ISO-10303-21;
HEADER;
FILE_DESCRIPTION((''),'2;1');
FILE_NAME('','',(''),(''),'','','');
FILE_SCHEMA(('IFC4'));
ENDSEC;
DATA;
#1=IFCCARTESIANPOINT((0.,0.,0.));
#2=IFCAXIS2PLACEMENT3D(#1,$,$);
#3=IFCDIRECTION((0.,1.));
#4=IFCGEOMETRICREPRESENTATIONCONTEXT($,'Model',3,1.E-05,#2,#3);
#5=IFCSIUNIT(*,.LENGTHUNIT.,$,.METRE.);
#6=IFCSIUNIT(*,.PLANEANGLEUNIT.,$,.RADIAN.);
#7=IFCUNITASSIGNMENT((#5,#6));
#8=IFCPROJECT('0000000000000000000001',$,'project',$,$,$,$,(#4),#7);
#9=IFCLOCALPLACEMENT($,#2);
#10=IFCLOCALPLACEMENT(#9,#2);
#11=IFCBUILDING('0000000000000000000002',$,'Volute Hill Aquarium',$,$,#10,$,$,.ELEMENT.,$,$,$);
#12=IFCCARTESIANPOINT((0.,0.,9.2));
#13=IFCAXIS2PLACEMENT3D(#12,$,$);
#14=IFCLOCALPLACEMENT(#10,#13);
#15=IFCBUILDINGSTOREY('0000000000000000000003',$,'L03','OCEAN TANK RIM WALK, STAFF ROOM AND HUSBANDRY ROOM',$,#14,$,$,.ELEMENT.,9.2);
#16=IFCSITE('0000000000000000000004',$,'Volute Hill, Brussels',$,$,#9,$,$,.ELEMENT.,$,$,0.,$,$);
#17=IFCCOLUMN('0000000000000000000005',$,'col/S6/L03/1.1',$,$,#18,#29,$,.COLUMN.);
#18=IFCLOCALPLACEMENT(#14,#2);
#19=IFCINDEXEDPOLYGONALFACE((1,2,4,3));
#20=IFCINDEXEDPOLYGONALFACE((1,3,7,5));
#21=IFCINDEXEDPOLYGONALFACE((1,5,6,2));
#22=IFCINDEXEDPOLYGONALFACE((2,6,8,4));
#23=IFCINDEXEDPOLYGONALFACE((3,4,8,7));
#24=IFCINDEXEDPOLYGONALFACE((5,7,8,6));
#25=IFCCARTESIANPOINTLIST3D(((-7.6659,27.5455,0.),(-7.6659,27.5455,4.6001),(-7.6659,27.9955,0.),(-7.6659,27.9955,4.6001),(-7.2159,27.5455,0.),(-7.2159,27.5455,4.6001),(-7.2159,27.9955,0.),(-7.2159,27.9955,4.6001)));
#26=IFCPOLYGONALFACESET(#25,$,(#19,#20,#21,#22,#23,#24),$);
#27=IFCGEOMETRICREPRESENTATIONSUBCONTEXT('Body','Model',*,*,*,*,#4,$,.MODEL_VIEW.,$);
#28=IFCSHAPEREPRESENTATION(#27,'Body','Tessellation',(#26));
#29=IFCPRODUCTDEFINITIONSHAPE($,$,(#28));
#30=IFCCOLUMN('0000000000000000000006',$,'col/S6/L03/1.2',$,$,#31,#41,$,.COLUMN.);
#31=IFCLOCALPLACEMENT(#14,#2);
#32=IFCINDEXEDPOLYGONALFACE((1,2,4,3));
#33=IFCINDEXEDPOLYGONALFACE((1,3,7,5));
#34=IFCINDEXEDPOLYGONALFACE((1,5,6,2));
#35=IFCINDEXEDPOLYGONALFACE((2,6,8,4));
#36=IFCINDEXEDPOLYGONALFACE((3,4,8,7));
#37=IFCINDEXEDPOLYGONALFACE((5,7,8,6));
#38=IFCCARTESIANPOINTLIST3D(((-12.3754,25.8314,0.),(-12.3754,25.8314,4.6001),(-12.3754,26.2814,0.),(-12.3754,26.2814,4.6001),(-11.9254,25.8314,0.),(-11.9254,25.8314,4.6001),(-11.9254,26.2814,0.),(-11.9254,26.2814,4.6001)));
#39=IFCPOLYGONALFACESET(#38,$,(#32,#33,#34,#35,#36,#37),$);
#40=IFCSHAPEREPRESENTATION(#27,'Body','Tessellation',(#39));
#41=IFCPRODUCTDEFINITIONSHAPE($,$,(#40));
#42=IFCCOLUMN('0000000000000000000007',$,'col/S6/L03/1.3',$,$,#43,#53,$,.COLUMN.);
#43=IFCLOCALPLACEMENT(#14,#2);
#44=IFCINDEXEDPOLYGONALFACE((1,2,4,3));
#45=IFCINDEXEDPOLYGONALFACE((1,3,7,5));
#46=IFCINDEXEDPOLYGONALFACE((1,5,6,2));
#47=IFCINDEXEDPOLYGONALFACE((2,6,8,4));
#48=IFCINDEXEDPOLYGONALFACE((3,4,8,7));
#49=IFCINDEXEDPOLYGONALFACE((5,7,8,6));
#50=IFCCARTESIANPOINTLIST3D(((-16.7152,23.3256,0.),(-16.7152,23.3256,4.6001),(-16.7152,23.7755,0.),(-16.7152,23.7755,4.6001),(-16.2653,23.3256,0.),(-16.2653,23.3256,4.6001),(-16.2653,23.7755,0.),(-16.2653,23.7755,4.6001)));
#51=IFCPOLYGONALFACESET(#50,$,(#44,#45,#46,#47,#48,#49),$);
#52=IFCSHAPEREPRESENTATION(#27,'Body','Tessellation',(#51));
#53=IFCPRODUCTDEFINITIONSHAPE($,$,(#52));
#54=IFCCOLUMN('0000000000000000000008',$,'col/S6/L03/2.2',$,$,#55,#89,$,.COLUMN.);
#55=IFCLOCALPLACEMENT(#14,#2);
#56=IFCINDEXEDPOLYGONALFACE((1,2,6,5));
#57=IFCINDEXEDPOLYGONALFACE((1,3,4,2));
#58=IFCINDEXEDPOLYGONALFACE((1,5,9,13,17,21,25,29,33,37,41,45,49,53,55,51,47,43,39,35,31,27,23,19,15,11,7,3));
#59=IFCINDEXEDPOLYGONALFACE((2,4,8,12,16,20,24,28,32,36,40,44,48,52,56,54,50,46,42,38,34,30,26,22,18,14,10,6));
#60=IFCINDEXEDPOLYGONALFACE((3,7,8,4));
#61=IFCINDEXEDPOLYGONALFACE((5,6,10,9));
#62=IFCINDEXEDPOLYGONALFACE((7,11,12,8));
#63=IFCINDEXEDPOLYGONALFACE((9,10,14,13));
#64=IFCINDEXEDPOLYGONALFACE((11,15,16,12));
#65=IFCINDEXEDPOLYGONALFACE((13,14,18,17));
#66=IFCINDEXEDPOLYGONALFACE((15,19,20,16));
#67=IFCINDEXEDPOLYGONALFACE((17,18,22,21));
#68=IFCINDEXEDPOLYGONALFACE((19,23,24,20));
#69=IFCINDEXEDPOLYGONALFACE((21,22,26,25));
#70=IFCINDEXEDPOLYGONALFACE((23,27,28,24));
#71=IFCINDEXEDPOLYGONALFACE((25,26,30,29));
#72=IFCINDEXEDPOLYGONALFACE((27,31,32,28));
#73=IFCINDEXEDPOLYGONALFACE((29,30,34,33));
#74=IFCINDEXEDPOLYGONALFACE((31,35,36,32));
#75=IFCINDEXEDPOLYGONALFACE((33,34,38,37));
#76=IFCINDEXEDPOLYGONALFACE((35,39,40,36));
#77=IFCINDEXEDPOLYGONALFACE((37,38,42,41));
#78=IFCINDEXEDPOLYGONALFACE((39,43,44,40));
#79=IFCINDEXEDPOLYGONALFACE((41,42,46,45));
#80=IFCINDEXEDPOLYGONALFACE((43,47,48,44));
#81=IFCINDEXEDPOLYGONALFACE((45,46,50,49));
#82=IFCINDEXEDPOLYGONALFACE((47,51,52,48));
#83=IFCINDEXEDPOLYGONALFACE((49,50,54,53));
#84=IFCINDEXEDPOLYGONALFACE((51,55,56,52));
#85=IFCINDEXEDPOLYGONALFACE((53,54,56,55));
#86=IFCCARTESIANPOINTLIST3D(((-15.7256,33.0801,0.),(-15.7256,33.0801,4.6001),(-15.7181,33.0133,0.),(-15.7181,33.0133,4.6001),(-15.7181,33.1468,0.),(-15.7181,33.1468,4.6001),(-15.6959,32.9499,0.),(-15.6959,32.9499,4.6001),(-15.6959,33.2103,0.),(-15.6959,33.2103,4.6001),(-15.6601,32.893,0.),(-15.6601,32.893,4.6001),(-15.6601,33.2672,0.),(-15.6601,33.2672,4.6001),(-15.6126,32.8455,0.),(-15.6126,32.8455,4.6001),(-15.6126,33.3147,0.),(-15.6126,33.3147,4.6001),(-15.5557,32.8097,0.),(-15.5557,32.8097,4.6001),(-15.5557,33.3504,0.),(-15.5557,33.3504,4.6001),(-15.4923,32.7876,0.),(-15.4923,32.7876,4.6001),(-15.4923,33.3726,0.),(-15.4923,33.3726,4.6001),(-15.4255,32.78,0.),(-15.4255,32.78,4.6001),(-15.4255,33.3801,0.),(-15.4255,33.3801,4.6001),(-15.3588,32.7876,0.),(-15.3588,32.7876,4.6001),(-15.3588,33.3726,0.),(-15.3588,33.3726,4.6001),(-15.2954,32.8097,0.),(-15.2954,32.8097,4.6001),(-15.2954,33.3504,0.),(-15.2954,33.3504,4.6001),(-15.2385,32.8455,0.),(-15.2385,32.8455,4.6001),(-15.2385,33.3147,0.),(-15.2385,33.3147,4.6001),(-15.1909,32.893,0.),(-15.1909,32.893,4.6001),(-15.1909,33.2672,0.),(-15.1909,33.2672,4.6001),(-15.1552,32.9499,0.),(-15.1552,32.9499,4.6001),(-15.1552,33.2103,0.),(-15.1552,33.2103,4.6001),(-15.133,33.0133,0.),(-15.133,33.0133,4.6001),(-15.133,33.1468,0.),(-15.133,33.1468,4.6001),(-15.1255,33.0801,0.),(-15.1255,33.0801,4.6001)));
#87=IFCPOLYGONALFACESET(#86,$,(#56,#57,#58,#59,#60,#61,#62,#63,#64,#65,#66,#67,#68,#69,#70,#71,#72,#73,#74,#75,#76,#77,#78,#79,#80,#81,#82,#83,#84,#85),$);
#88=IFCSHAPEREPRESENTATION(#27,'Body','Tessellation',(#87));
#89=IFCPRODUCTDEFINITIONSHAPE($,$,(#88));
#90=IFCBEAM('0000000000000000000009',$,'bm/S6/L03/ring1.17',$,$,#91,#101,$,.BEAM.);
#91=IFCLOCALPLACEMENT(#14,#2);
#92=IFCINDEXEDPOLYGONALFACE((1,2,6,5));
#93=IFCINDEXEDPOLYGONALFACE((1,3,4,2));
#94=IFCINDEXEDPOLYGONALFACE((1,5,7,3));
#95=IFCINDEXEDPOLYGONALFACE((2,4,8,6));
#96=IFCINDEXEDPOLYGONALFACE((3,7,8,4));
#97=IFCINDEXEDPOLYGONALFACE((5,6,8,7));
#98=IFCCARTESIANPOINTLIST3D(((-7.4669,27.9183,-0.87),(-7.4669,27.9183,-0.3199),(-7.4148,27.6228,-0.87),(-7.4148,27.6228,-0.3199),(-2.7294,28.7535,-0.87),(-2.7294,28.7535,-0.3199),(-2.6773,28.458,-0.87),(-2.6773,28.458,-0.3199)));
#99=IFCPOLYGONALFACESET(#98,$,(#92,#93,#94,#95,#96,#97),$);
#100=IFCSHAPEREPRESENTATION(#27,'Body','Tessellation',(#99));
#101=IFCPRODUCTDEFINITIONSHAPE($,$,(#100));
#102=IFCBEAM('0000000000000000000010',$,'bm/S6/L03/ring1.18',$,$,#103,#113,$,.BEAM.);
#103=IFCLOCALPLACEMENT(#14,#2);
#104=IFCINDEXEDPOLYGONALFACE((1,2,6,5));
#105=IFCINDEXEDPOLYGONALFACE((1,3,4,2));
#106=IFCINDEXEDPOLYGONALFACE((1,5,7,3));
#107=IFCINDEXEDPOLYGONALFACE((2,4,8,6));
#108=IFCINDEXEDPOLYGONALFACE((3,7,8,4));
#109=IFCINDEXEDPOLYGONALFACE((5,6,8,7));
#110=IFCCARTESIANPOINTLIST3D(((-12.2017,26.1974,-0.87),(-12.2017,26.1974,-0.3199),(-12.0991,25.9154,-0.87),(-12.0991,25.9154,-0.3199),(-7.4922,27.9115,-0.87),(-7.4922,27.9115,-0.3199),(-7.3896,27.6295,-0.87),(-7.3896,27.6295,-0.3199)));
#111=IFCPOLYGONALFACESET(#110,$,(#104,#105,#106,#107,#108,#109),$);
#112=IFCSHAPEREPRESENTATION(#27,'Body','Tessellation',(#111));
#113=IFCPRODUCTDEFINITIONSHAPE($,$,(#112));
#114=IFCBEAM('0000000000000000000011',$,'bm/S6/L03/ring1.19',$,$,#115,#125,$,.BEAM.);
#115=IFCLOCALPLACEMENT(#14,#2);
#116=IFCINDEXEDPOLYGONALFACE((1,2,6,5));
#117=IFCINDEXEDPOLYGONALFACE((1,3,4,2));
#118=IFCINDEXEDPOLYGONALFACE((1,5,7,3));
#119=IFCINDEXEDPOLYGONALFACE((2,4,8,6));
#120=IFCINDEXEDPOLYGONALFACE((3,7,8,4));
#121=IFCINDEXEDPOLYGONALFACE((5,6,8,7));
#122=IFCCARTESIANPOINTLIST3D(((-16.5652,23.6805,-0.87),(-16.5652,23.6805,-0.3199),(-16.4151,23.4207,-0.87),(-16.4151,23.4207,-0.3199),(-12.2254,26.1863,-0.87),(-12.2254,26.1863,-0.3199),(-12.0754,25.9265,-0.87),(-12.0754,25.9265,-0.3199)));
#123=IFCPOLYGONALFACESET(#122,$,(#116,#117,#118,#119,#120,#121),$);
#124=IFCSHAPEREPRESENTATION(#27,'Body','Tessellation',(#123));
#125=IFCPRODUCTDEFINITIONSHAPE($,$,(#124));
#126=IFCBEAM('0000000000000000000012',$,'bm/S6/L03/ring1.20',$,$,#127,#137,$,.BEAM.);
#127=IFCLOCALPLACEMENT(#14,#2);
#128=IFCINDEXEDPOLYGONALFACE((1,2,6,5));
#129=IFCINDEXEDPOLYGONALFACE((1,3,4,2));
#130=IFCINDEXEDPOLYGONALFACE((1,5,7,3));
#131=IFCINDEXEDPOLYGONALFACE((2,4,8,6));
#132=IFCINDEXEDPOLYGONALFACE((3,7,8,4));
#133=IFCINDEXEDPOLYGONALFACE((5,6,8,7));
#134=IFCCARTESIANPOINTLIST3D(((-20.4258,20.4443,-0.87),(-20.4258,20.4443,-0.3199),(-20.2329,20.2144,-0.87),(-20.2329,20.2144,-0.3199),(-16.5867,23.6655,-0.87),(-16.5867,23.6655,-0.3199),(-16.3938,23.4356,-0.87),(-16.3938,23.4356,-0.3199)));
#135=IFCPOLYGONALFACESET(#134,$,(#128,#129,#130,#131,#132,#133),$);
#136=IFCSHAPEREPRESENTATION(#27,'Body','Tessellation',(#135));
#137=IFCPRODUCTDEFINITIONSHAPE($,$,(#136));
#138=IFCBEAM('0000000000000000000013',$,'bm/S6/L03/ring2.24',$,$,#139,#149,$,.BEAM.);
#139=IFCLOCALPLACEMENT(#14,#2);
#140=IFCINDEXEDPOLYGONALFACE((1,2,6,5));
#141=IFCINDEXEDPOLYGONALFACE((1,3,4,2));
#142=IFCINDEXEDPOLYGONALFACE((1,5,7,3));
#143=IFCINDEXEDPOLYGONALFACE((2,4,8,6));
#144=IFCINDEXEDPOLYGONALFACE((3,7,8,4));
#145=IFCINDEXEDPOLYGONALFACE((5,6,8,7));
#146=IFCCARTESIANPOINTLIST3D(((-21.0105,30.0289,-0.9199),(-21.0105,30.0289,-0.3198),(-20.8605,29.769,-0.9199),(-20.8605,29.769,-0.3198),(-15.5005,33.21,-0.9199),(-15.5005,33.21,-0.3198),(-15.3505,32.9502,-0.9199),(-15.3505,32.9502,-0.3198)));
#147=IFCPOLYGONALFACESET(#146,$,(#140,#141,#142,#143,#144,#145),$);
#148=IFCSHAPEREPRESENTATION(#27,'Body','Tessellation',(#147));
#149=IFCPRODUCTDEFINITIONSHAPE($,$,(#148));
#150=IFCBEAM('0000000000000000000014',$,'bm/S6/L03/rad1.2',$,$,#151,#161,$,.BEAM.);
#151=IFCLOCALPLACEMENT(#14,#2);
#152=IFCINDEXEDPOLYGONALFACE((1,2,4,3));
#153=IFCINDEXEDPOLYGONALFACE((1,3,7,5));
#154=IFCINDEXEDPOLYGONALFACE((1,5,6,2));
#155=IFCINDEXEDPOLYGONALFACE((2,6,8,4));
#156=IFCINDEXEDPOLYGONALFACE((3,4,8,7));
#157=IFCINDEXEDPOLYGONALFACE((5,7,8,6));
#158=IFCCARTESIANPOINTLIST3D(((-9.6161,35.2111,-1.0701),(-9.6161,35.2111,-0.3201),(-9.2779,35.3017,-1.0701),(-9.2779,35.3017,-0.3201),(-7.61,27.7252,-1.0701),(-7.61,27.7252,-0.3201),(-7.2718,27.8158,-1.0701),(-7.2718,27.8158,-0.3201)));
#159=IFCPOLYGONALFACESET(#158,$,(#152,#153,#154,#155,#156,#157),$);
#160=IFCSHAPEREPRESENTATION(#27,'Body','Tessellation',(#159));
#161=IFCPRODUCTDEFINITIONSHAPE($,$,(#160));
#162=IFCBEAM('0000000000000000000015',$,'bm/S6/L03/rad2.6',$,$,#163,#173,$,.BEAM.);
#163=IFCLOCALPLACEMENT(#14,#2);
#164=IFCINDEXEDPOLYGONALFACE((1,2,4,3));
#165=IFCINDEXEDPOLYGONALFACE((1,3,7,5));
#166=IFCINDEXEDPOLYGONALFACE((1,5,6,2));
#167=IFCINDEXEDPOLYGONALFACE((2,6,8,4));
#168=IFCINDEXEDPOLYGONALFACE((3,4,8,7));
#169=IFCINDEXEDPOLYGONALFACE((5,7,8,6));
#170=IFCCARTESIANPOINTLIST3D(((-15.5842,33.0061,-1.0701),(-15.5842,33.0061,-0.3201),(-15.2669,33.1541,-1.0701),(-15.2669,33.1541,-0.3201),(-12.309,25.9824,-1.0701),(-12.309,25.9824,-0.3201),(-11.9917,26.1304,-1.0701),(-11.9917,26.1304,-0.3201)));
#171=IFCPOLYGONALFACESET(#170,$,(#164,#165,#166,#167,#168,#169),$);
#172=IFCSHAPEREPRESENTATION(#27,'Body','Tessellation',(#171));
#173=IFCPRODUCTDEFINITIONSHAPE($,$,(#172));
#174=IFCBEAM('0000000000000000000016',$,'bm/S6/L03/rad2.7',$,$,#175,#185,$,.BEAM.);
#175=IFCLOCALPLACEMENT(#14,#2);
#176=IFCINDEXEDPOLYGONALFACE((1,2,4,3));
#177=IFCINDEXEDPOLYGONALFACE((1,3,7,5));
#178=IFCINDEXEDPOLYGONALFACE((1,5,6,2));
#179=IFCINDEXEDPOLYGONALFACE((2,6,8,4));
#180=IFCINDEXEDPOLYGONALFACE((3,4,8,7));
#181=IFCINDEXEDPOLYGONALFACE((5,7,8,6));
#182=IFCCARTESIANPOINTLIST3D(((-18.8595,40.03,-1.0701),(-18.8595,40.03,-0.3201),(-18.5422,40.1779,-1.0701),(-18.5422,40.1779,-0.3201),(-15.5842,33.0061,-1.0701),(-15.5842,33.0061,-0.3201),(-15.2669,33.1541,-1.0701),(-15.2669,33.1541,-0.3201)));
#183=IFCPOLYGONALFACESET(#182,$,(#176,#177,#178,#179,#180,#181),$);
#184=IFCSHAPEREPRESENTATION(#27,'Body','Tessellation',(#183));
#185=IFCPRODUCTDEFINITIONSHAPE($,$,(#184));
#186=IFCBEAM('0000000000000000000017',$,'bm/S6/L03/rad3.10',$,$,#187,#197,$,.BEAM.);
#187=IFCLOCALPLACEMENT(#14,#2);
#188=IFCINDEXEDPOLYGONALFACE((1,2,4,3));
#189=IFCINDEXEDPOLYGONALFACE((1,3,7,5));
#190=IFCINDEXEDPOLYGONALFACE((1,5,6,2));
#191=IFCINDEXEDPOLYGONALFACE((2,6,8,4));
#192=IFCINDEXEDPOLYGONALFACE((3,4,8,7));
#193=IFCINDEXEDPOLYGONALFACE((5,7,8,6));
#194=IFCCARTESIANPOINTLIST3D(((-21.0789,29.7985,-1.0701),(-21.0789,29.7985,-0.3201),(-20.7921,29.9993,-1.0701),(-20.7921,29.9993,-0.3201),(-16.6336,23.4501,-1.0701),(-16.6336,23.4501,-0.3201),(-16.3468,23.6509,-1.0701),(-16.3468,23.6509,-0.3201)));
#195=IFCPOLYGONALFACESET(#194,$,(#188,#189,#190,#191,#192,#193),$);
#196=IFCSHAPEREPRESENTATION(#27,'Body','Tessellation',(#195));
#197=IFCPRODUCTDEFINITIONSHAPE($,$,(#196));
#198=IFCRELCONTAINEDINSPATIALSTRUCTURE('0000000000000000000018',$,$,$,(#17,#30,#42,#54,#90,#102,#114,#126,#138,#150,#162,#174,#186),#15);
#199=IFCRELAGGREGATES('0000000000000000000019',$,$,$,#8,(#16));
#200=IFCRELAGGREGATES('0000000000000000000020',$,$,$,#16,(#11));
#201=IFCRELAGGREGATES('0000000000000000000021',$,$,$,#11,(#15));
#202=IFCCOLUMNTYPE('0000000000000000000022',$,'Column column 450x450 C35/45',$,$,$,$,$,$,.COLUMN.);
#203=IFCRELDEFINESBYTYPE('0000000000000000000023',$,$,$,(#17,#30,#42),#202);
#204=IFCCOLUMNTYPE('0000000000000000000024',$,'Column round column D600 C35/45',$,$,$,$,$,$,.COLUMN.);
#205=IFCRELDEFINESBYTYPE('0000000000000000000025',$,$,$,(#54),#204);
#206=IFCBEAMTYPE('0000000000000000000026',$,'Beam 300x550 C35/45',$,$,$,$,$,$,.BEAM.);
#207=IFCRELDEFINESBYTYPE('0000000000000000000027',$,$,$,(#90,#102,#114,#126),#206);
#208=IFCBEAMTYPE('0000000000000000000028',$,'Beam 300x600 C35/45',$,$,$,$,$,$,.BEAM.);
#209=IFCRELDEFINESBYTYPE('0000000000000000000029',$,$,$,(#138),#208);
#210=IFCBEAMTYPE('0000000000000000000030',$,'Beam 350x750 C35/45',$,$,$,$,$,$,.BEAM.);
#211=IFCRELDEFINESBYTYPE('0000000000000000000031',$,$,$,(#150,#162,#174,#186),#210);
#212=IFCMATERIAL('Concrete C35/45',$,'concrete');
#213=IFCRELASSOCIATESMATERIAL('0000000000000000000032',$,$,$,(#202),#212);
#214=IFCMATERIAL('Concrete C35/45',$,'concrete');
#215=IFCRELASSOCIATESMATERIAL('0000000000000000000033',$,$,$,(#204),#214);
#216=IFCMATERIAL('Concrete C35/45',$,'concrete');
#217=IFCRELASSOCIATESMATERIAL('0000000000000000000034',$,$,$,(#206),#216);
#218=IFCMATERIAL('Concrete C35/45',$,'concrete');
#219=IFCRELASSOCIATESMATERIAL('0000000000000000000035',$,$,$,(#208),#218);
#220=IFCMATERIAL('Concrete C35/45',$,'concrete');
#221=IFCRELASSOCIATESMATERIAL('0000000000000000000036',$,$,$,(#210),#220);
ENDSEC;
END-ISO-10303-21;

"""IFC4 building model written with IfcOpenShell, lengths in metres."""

from ifc_helpers import new_model, si_unit, direction, frame, origin, origin_2d, place, context, subcontext, project, spatial, rectangle, circle, extrude, material, material_profile, profile_set, type_object, element, save


model = new_model("IFC4")

# Units and contexts
model_context = context("Model", 3, precision=1e-05, world=origin(), true_north=direction((0.0, 1.0)))
body_context = subcontext(model_context, "Body", "Model", "MODEL_VIEW")
ifc_project = project(units=[si_unit("LENGTHUNIT", "METRE"), si_unit("PLANEANGLEUNIT", "RADIAN")], contexts=[model_context])

# Site, building, storey
site_placement = place(None, origin())
site = spatial("IfcSite", under=ifc_project, at=site_placement, Name="Volute Hill, Brussels", CompositionType="ELEMENT", RefElevation=0.0)
building_placement = place(site_placement, origin())
building = spatial("IfcBuilding", under=site, at=building_placement, Name="Volute Hill Aquarium", CompositionType="ELEMENT")
storey_placement = place(building_placement, frame((0.0, 0.0, 9.2)))
storey = spatial("IfcBuildingStorey", under=building, at=storey_placement, Name="L03", Description="OCEAN TANK RIM WALK, STAFF ROOM AND HUSBANDRY ROOM", CompositionType="ELEMENT", Elevation=9.2)

# Columns
ifc_material_1 = material(Name="Concrete C35/45", Category="concrete")
ifc_material_profile_1 = material_profile(ifc_material_1, rectangle(XDim=0.45, YDim=0.45, at=origin_2d()), Name="RC column 450x450")
ifc_profile_set_1 = profile_set([ifc_material_profile_1], Name="Concrete C35/45")
column_type_1 = type_object("IfcColumnType", Name="Column column 450x450 C35/45", PredefinedType="COLUMN", material=ifc_profile_set_1)
for number, where, z_axis, x_axis, name in (
    (1, (-7.4409, 27.7705, 0.0), (0.0, 0.0, 1.0), (1.0, 0.0, 0.0), "col/S6/L03/1.1"),
    (2, (-12.1504, 26.0564, 0.0), (0.0, 0.0, 1.0), (1.0, 0.0, 0.0), "col/S6/L03/1.2"),
    (3, (-16.4902, 23.5505, 0.0), (0.0, 0.0, 1.0), (1.0, 0.0, 0.0), "col/S6/L03/1.3"),
):
    element("IfcColumn", number, at=place(storey_placement, frame(where, z_axis=z_axis, x_axis=x_axis)), inside=storey, type_object=column_type_1, Name=name, PredefinedType="COLUMN", context=body_context, shape_type="SweptSolid", body=[
        extrude(rectangle(XDim=0.45, YDim=0.45, at=origin_2d()), origin(), (0.0, 0.0, 1.0), 4.6001),
    ])
ifc_material_2 = material(Name="Concrete C35/45", Category="concrete")
ifc_material_profile_2 = material_profile(ifc_material_2, circle(Radius=0.3, at=origin_2d()), Name="RC round column D600")
ifc_profile_set_2 = profile_set([ifc_material_profile_2], Name="Concrete C35/45")
column_type_2 = type_object("IfcColumnType", Name="Column round column D600 C35/45", PredefinedType="COLUMN", material=ifc_profile_set_2)
column_placement = place(storey_placement, frame((-15.4255, 33.0801, 0.0), z_axis=(0.0, 0.0, 1.0), x_axis=(1.0, 0.0, 0.0)))
element("IfcColumn", 4, at=column_placement, inside=storey, type_object=column_type_2, Name="col/S6/L03/2.2", PredefinedType="COLUMN", context=body_context, shape_type="SweptSolid", body=[
    extrude(circle(Radius=0.3, at=origin_2d()), origin(), (0.0, 0.0, 1.0), 4.6001),
])

# Beams
ifc_material_3 = material(Name="Concrete C35/45", Category="concrete")
ifc_material_profile_3 = material_profile(ifc_material_3, rectangle(XDim=0.3, YDim=0.55, at=origin_2d()), Name="RC beam 300x550")
ifc_profile_set_3 = profile_set([ifc_material_profile_3], Name="Concrete C35/45")
beam_type_1 = type_object("IfcBeamType", Name="Beam 300x550 C35/45", PredefinedType="BEAM", material=ifc_profile_set_3)
beam_1_placement = place(storey_placement, frame((-2.7034, 28.6057, -0.595), z_axis=(-0.984813, -0.173617, 0.0), x_axis=(0.173617, -0.984813, 0.0)))
element("IfcBeam", 5, at=beam_1_placement, inside=storey, type_object=beam_type_1, Name="bm/S6/L03/ring1.17", PredefinedType="BEAM", context=body_context, shape_type="SweptSolid", body=[
    extrude(rectangle(XDim=0.3, YDim=0.55, at=origin_2d()), origin(), (0.0, 0.0, 1.0), 4.8105),
])
beam_2_placement = place(storey_placement, frame((-7.4409, 27.7705, -0.595), z_axis=(-0.939692, -0.342021, 0.0), x_axis=(0.342021, -0.939692, 0.0)))
element("IfcBeam", 6, at=beam_2_placement, inside=storey, type_object=beam_type_1, Name="bm/S6/L03/ring1.18", PredefinedType="BEAM", context=body_context, shape_type="SweptSolid", body=[
    extrude(rectangle(XDim=0.3, YDim=0.55, at=origin_2d()), origin(), (0.0, 0.0, 1.0), 5.0117),
])
beam_3_placement = place(storey_placement, frame((-12.1504, 26.0564, -0.595), z_axis=(-0.866004, -0.500037, 0.0), x_axis=(0.500037, -0.866004, 0.0)))
element("IfcBeam", 7, at=beam_3_placement, inside=storey, type_object=beam_type_1, Name="bm/S6/L03/ring1.19", PredefinedType="BEAM", context=body_context, shape_type="SweptSolid", body=[
    extrude(rectangle(XDim=0.3, YDim=0.55, at=origin_2d()), origin(), (0.0, 0.0, 1.0), 5.0112),
])
beam_4_placement = place(storey_placement, frame((-16.4902, 23.5505, -0.595), z_axis=(-0.766065, -0.642764, 0.0), x_axis=(0.642764, -0.766065, 0.0)))
element("IfcBeam", 8, at=beam_4_placement, inside=storey, type_object=beam_type_1, Name="bm/S6/L03/ring1.20", PredefinedType="BEAM", context=body_context, shape_type="SweptSolid", body=[
    extrude(rectangle(XDim=0.3, YDim=0.55, at=origin_2d()), origin(), (0.0, 0.0, 1.0), 5.0115),
])
ifc_material_4 = material(Name="Concrete C35/45", Category="concrete")
ifc_material_profile_4 = material_profile(ifc_material_4, rectangle(XDim=0.3, YDim=0.6001, at=origin_2d()), Name="RC beam 300x600")
ifc_profile_set_4 = profile_set([ifc_material_profile_4], Name="Concrete C35/45")
beam_type_2 = type_object("IfcBeamType", Name="Beam 300x600 C35/45", PredefinedType="BEAM", material=ifc_profile_set_4)
beam_5_placement = place(storey_placement, frame((-15.4255, 33.0801, -0.6199), z_axis=(-0.866029, -0.499994, 0.0), x_axis=(0.499994, -0.866029, 0.0)))
element("IfcBeam", 9, at=beam_5_placement, inside=storey, type_object=beam_type_2, Name="bm/S6/L03/ring2.24", PredefinedType="BEAM", context=body_context, shape_type="SweptSolid", body=[
    extrude(rectangle(XDim=0.3, YDim=0.6001, at=origin_2d()), origin(), (0.0, 0.0, 1.0), 6.3623),
])
ifc_material_5 = material(Name="Concrete C35/45", Category="concrete")
ifc_material_profile_5 = material_profile(ifc_material_5, rectangle(XDim=0.3501, YDim=0.75, at=origin_2d()), Name="RC beam 350x750")
ifc_profile_set_5 = profile_set([ifc_material_profile_5], Name="Concrete C35/45")
beam_type_3 = type_object("IfcBeamType", Name="Beam 350x750 C35/45", PredefinedType="BEAM", material=ifc_profile_set_5)
beam_6_placement = place(storey_placement, frame((-7.4409, 27.7705, -0.6951), z_axis=(-0.258853, 0.965917, 0.0), x_axis=(-0.965917, -0.258853, 0.0)))
element("IfcBeam", 10, at=beam_6_placement, inside=storey, type_object=beam_type_3, Name="bm/S6/L03/rad1.2", PredefinedType="BEAM", context=body_context, shape_type="SweptSolid", body=[
    extrude(rectangle(XDim=0.3501, YDim=0.75, at=origin_2d()), origin(), (0.0, 0.0, 1.0), 7.75),
])
beam_7_placement = place(storey_placement, frame((-12.1504, 26.0564, -0.6951), z_axis=(-0.422613, 0.90631, 0.0), x_axis=(-0.90631, -0.422613, 0.0)))
element("IfcBeam", 11, at=beam_7_placement, inside=storey, type_object=beam_type_3, Name="bm/S6/L03/rad2.6", PredefinedType="BEAM", context=body_context, shape_type="SweptSolid", body=[
    extrude(rectangle(XDim=0.3501, YDim=0.75, at=origin_2d()), origin(), (0.0, 0.0, 1.0), 7.7498),
])
for number, where, z_axis, x_axis, name in (
    (12, (-15.4255, 33.0801, -0.6951), (-0.422627, 0.906304, 0.0), (-0.906304, -0.422627, 0.0), "bm/S6/L03/rad2.7"),
    (13, (-16.4902, 23.5505, -0.6951), (-0.573587, 0.819145, 0.0), (-0.819145, -0.573587, 0.0), "bm/S6/L03/rad3.10"),
):
    element("IfcBeam", number, at=place(storey_placement, frame(where, z_axis=z_axis, x_axis=x_axis)), inside=storey, type_object=beam_type_3, Name=name, PredefinedType="BEAM", context=body_context, shape_type="SweptSolid", body=[
        extrude(rectangle(XDim=0.3501, YDim=0.75, at=origin_2d()), origin(), (0.0, 0.0, 1.0), 7.75),
    ])

save(model, "model.ifc")
